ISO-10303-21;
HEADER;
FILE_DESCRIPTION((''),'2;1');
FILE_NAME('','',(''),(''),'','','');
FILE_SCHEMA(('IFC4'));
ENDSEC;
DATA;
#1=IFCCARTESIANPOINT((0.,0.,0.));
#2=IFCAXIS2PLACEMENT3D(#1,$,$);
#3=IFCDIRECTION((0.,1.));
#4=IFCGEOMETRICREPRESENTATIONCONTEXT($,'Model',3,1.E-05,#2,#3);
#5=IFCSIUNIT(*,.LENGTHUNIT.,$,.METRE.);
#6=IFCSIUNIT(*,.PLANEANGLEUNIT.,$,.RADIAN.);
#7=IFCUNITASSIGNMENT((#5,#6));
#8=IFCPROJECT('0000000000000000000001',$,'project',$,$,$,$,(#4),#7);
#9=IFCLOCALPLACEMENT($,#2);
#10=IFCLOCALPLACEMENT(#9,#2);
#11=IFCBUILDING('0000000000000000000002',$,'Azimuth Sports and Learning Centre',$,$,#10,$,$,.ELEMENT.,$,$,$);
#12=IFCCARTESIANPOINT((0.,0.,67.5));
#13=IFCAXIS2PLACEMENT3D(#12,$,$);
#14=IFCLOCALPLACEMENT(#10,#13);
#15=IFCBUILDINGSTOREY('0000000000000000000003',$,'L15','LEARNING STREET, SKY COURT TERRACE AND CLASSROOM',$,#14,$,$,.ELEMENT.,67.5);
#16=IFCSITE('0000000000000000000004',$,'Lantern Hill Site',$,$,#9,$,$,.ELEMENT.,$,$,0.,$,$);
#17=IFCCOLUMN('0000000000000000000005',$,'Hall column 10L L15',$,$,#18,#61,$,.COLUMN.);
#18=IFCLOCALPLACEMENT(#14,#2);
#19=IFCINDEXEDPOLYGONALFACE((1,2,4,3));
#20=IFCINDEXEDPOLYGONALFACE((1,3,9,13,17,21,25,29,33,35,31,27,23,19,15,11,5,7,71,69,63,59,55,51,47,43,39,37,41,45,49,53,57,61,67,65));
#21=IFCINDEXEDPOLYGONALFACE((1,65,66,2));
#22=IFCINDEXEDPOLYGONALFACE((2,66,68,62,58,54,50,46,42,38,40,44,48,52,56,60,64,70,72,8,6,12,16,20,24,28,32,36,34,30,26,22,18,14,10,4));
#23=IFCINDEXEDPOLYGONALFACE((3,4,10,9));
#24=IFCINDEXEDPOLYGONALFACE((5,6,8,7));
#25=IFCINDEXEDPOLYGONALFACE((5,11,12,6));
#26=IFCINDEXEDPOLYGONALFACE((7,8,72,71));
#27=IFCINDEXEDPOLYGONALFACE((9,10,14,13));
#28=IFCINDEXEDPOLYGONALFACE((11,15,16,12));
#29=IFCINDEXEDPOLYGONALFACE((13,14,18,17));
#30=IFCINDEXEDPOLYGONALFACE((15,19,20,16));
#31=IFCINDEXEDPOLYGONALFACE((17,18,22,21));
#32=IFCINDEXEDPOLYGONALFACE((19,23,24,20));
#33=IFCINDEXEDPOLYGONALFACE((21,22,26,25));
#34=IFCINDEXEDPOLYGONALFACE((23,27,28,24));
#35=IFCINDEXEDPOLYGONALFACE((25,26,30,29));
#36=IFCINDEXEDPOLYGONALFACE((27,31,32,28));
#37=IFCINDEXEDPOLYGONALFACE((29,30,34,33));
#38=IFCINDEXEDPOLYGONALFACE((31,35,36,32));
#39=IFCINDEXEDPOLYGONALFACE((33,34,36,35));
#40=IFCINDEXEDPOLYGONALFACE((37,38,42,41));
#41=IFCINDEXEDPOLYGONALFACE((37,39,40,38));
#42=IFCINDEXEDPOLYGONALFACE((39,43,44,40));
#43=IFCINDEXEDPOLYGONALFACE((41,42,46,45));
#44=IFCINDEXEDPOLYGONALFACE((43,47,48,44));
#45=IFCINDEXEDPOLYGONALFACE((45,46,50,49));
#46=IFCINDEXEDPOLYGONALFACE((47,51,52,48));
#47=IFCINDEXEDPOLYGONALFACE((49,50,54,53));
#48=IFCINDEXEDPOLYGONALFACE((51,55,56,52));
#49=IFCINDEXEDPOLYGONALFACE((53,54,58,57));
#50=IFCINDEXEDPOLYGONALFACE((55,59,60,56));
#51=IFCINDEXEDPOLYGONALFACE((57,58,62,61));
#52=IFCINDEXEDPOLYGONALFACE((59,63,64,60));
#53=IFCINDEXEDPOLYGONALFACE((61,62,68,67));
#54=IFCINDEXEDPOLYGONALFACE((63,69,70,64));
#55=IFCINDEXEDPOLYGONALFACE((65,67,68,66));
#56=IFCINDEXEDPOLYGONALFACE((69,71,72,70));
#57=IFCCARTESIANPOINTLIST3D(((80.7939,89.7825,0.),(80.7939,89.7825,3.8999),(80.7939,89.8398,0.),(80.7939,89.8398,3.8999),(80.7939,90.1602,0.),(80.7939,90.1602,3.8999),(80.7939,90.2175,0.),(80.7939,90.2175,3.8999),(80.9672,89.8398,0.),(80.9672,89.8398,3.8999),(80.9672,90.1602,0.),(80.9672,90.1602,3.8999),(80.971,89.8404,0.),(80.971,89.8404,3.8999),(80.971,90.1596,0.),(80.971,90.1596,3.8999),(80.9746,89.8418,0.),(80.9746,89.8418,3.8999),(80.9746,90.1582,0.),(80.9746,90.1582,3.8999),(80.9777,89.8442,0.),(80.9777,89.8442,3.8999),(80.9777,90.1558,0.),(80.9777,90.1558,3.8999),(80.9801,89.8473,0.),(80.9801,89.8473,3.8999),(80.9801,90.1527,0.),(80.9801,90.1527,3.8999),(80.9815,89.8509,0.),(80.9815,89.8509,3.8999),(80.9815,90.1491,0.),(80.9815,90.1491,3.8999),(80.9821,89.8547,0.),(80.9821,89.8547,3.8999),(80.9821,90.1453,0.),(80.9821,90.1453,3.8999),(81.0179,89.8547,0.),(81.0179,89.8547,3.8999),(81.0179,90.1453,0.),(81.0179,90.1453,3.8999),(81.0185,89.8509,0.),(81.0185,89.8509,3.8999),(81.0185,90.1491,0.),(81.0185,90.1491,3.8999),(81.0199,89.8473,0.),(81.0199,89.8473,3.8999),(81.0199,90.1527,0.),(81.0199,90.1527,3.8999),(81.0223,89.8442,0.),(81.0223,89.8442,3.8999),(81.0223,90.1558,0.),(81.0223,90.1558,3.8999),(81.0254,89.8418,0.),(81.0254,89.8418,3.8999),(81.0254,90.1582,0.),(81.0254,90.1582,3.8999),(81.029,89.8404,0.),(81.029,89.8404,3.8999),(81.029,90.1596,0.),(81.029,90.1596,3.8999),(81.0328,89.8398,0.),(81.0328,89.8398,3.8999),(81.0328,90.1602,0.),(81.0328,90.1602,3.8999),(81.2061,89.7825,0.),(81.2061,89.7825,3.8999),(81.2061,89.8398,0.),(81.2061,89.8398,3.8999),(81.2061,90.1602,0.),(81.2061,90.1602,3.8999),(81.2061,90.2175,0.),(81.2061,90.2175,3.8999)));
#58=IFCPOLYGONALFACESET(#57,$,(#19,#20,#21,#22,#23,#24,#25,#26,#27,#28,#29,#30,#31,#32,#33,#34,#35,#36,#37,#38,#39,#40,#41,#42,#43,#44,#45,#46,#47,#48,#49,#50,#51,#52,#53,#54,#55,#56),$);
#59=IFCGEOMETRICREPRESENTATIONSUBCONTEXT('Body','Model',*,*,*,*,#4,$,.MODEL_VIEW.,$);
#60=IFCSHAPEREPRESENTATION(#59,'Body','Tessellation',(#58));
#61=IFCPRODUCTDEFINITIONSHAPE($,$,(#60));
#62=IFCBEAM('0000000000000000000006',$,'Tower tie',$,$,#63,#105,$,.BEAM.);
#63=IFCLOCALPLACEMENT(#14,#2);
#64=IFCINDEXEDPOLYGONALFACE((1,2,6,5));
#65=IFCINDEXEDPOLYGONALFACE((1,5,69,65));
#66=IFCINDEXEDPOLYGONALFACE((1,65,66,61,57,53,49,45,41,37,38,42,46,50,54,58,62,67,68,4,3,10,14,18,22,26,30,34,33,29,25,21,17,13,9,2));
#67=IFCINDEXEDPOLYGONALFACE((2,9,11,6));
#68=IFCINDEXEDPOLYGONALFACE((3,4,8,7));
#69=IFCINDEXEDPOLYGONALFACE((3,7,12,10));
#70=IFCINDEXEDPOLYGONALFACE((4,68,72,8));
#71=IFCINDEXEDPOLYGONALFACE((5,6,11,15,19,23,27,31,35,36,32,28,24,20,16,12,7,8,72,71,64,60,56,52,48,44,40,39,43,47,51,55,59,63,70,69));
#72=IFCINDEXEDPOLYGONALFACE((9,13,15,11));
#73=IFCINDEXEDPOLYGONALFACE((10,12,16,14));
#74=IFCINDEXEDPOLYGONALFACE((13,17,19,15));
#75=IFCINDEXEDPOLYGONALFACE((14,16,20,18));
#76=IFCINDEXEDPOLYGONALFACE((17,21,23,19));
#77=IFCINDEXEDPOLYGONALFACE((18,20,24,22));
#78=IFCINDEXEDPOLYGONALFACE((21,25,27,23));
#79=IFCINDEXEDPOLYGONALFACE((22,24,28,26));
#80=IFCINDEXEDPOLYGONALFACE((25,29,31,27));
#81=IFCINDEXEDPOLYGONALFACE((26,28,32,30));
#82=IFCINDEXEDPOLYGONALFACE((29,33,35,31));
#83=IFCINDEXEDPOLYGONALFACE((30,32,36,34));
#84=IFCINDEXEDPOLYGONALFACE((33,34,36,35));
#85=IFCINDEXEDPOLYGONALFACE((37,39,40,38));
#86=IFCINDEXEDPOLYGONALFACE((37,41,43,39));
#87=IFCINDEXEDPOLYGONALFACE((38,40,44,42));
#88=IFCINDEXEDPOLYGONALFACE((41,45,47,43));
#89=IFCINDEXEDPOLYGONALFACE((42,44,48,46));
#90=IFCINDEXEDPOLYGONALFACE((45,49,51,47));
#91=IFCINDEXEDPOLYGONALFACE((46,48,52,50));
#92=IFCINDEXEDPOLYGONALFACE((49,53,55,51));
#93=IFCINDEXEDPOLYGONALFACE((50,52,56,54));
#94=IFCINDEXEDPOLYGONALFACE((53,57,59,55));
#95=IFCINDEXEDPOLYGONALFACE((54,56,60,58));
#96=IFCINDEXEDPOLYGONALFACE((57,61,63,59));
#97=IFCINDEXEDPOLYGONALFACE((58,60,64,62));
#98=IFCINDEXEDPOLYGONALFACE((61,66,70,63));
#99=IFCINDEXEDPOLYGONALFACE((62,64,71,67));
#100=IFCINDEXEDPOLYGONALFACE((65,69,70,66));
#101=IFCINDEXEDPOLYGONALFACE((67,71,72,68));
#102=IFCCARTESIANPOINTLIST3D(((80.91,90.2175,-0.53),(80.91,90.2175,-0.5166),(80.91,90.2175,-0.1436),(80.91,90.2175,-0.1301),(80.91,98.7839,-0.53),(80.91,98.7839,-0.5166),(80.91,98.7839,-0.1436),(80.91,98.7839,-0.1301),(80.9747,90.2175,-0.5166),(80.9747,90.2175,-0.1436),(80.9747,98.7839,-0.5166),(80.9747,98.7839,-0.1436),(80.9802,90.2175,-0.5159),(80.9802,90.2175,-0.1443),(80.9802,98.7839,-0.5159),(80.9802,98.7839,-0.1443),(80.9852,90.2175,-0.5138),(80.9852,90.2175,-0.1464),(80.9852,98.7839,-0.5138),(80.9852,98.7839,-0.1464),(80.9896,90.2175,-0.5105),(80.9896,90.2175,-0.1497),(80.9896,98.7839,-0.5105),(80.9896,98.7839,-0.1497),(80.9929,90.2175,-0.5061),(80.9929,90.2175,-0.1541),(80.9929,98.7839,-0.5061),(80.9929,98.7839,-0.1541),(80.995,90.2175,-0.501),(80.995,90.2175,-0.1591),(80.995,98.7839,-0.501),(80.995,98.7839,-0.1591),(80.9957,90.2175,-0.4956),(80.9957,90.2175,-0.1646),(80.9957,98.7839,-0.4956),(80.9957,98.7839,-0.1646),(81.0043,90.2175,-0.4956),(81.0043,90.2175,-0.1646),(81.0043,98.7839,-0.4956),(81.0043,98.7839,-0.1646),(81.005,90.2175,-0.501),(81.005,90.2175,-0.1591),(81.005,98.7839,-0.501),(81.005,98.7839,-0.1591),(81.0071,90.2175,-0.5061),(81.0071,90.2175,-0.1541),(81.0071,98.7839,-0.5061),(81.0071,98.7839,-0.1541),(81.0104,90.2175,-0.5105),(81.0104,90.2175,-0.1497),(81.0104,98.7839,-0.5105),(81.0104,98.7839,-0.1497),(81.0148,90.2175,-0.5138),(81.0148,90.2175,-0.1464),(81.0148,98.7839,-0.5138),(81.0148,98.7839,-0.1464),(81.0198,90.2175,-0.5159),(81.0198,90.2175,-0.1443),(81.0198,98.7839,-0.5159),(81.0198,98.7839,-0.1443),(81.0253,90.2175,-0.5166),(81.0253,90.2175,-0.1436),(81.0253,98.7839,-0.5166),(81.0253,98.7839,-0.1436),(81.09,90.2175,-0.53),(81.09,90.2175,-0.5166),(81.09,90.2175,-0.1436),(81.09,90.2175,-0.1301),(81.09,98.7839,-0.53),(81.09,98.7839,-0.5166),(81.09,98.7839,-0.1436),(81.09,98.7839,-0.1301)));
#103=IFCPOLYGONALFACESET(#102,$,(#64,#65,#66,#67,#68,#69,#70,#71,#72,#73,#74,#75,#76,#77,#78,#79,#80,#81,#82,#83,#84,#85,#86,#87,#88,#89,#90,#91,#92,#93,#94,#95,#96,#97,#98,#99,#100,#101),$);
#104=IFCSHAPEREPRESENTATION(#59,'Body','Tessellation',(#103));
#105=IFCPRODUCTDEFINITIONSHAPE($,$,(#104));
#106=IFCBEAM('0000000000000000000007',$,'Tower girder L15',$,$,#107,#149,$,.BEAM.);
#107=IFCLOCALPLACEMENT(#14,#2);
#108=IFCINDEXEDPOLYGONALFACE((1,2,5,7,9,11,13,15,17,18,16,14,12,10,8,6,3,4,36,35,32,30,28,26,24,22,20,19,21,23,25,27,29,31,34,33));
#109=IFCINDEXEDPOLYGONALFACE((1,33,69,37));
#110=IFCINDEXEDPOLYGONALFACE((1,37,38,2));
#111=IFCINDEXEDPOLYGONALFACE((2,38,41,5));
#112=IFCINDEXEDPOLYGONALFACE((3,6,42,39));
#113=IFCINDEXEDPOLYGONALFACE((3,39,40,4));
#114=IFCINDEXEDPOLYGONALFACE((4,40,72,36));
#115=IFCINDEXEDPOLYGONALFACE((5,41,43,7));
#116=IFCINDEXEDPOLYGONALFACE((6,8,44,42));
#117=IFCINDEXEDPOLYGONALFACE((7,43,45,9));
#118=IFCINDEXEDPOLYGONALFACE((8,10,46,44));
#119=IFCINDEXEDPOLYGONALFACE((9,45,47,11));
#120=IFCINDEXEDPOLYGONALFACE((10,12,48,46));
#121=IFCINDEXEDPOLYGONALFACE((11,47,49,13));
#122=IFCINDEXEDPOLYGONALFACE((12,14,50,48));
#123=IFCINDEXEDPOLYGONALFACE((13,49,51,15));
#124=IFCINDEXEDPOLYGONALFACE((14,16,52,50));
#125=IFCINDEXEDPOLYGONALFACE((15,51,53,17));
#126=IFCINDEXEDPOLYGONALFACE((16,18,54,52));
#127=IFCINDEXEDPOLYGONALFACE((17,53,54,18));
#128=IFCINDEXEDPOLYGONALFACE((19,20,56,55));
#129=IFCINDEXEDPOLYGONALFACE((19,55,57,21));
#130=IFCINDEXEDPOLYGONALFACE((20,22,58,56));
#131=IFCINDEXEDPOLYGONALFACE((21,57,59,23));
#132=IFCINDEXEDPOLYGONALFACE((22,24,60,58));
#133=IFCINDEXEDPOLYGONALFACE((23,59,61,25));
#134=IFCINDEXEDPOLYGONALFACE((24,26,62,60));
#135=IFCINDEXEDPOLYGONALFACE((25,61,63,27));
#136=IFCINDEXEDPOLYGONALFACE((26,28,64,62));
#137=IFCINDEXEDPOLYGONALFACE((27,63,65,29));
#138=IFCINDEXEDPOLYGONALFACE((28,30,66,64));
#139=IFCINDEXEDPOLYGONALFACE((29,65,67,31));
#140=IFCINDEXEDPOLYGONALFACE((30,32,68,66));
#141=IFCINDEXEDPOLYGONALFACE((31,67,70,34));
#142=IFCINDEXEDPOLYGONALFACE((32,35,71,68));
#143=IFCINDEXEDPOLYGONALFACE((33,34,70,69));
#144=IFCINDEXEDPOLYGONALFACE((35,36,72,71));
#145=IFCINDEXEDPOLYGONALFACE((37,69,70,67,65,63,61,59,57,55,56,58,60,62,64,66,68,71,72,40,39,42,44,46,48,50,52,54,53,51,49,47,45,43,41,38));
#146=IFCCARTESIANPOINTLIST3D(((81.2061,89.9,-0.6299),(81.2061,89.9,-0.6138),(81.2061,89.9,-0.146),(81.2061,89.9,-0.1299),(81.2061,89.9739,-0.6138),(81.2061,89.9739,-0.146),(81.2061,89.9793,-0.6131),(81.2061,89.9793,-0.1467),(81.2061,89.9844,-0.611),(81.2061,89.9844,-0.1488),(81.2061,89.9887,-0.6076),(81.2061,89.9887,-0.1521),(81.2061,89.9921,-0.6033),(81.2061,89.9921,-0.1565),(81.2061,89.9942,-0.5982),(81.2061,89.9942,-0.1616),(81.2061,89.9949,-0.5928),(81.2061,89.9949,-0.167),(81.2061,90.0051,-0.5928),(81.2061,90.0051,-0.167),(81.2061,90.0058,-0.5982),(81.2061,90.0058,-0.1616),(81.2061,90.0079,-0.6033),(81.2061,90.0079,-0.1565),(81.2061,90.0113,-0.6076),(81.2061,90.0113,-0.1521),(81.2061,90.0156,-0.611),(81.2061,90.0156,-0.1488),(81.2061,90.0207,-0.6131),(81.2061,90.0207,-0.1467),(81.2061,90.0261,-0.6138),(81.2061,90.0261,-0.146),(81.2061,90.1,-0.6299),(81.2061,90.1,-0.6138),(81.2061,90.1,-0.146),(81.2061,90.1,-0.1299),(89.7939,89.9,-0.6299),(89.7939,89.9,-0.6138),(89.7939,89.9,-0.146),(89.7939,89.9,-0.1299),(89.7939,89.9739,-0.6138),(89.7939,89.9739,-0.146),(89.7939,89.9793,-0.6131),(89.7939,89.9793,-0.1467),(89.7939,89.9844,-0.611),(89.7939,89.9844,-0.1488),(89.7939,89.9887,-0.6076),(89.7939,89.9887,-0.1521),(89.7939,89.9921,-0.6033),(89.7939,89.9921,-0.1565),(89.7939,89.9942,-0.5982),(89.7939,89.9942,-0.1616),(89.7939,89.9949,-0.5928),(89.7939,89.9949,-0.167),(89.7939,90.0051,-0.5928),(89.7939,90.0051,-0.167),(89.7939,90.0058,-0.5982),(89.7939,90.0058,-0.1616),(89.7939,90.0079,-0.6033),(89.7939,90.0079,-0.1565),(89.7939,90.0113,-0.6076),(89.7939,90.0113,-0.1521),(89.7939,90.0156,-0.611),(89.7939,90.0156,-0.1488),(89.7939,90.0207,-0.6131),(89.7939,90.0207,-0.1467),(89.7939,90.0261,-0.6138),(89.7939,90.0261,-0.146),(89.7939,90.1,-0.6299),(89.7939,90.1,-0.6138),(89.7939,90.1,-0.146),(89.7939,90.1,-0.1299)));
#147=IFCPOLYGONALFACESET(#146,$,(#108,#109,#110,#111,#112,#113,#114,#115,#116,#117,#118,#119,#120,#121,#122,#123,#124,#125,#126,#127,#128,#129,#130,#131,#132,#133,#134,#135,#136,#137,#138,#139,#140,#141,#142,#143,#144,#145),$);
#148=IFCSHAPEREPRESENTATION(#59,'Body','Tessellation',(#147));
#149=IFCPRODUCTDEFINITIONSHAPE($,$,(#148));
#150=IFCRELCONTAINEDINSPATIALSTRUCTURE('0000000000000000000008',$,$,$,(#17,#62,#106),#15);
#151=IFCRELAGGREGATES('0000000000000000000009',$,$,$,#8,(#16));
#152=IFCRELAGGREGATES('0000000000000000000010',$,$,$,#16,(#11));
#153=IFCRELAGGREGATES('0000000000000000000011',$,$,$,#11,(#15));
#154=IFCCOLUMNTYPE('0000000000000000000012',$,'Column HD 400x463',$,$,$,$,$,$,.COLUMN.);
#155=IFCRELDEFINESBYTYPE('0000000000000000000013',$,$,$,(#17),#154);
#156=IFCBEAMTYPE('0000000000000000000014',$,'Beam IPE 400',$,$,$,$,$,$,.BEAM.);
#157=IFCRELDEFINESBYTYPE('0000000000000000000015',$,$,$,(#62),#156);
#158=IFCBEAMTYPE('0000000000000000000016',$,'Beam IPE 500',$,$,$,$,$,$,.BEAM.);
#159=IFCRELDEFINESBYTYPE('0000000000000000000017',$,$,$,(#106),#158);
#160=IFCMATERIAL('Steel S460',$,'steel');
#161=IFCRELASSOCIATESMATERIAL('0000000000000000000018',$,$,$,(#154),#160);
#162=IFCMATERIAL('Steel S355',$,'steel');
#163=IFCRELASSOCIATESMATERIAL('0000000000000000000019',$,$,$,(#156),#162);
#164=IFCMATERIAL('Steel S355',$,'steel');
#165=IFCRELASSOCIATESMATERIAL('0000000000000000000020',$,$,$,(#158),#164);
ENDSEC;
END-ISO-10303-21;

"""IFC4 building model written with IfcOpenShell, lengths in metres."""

from ifc_helpers import new_model, si_unit, direction, frame, origin, origin_2d, place, context, subcontext, project, spatial, i_section, extrude, material, material_profile, profile_set, type_object, element, save


model = new_model("IFC4")

# Units and contexts
model_context = context("Model", 3, precision=1e-05, world=origin(), true_north=direction((0.0, 1.0)))
body_context = subcontext(model_context, "Body", "Model", "MODEL_VIEW")
ifc_project = project(units=[si_unit("LENGTHUNIT", "METRE"), si_unit("PLANEANGLEUNIT", "RADIAN")], contexts=[model_context])

# Site, building, storey
site_placement = place(None, origin())
site = spatial("IfcSite", under=ifc_project, at=site_placement, Name="Lantern Hill Site", CompositionType="ELEMENT", RefElevation=0.0)
building_placement = place(site_placement, origin())
building = spatial("IfcBuilding", under=site, at=building_placement, Name="Azimuth Sports and Learning Centre", CompositionType="ELEMENT")
storey_placement = place(building_placement, frame((0.0, 0.0, 67.5)))
storey = spatial("IfcBuildingStorey", under=building, at=storey_placement, Name="L15", Description="LEARNING STREET, SKY COURT TERRACE AND CLASSROOM", CompositionType="ELEMENT", Elevation=67.5)

# Column
ifc_material_1 = material(Name="Steel S460", Category="steel")
ifc_material_profile_1 = material_profile(ifc_material_1, i_section(OverallWidth=0.4121, OverallDepth=0.4351, WebThickness=0.0359, FlangeThickness=0.0574, FilletRadius=0.0149, at=origin_2d()), Name="HD 400x463")
ifc_profile_set_1 = profile_set([ifc_material_profile_1], Name="Steel S460")
column_type = type_object("IfcColumnType", Name="Column HD 400x463", PredefinedType="COLUMN", material=ifc_profile_set_1)
column_placement = place(storey_placement, frame((81.0, 90.0, 0.0), z_axis=(0.0, 0.0, 1.0), x_axis=(1.0, 0.0, 0.0)))
element("IfcColumn", 1, at=column_placement, inside=storey, type_object=column_type, Name="Hall column 10L L15", PredefinedType="COLUMN", context=body_context, shape_type="SweptSolid", body=[
    extrude(i_section(OverallWidth=0.4121, OverallDepth=0.4351, WebThickness=0.0359, FlangeThickness=0.0574, FilletRadius=0.0149, at=origin_2d()), origin(), (0.0, 0.0, 1.0), 3.8999),
])

# Beams
ifc_material_2 = material(Name="Steel S355", Category="steel")
ifc_material_profile_2 = material_profile(ifc_material_2, i_section(OverallWidth=0.1799, OverallDepth=0.3999, WebThickness=0.0085, FlangeThickness=0.0134, FilletRadius=0.021, at=origin_2d()), Name="IPE 400")
ifc_profile_set_2 = profile_set([ifc_material_profile_2], Name="Steel S355")
beam_type_1 = type_object("IfcBeamType", Name="Beam IPE 400", PredefinedType="BEAM", material=ifc_profile_set_2)
beam_1_placement = place(storey_placement, frame((81.0, 90.2175, -0.3301), z_axis=(0.0, 1.0, 0.0), x_axis=(-1.0, 0.0, 0.0)))
element("IfcBeam", 2, at=beam_1_placement, inside=storey, type_object=beam_type_1, Name="Tower tie", PredefinedType="BEAM", context=body_context, shape_type="SweptSolid", body=[
    extrude(i_section(OverallWidth=0.1799, OverallDepth=0.3999, WebThickness=0.0085, FlangeThickness=0.0134, FilletRadius=0.021, at=origin_2d()), origin(), (0.0, 0.0, 1.0), 8.5664),
])
ifc_material_3 = material(Name="Steel S355", Category="steel")
ifc_material_profile_3 = material_profile(ifc_material_3, i_section(OverallWidth=0.2, OverallDepth=0.5, WebThickness=0.0103, FlangeThickness=0.0161, FilletRadius=0.021, at=origin_2d()), Name="IPE 500")
ifc_profile_set_3 = profile_set([ifc_material_profile_3], Name="Steel S355")
beam_type_2 = type_object("IfcBeamType", Name="Beam IPE 500", PredefinedType="BEAM", material=ifc_profile_set_3)
beam_2_placement = place(storey_placement, frame((81.2061, 90.0, -0.3799), z_axis=(1.0, 0.0, 0.0), x_axis=(0.0, 1.0, 0.0)))
element("IfcBeam", 3, at=beam_2_placement, inside=storey, type_object=beam_type_2, Name="Tower girder L15", PredefinedType="BEAM", context=body_context, shape_type="SweptSolid", body=[
    extrude(i_section(OverallWidth=0.2, OverallDepth=0.5, WebThickness=0.0103, FlangeThickness=0.0161, FilletRadius=0.021, at=origin_2d()), origin(), (0.0, 0.0, 1.0), 8.5879),
])

save(model, "model.ifc")
